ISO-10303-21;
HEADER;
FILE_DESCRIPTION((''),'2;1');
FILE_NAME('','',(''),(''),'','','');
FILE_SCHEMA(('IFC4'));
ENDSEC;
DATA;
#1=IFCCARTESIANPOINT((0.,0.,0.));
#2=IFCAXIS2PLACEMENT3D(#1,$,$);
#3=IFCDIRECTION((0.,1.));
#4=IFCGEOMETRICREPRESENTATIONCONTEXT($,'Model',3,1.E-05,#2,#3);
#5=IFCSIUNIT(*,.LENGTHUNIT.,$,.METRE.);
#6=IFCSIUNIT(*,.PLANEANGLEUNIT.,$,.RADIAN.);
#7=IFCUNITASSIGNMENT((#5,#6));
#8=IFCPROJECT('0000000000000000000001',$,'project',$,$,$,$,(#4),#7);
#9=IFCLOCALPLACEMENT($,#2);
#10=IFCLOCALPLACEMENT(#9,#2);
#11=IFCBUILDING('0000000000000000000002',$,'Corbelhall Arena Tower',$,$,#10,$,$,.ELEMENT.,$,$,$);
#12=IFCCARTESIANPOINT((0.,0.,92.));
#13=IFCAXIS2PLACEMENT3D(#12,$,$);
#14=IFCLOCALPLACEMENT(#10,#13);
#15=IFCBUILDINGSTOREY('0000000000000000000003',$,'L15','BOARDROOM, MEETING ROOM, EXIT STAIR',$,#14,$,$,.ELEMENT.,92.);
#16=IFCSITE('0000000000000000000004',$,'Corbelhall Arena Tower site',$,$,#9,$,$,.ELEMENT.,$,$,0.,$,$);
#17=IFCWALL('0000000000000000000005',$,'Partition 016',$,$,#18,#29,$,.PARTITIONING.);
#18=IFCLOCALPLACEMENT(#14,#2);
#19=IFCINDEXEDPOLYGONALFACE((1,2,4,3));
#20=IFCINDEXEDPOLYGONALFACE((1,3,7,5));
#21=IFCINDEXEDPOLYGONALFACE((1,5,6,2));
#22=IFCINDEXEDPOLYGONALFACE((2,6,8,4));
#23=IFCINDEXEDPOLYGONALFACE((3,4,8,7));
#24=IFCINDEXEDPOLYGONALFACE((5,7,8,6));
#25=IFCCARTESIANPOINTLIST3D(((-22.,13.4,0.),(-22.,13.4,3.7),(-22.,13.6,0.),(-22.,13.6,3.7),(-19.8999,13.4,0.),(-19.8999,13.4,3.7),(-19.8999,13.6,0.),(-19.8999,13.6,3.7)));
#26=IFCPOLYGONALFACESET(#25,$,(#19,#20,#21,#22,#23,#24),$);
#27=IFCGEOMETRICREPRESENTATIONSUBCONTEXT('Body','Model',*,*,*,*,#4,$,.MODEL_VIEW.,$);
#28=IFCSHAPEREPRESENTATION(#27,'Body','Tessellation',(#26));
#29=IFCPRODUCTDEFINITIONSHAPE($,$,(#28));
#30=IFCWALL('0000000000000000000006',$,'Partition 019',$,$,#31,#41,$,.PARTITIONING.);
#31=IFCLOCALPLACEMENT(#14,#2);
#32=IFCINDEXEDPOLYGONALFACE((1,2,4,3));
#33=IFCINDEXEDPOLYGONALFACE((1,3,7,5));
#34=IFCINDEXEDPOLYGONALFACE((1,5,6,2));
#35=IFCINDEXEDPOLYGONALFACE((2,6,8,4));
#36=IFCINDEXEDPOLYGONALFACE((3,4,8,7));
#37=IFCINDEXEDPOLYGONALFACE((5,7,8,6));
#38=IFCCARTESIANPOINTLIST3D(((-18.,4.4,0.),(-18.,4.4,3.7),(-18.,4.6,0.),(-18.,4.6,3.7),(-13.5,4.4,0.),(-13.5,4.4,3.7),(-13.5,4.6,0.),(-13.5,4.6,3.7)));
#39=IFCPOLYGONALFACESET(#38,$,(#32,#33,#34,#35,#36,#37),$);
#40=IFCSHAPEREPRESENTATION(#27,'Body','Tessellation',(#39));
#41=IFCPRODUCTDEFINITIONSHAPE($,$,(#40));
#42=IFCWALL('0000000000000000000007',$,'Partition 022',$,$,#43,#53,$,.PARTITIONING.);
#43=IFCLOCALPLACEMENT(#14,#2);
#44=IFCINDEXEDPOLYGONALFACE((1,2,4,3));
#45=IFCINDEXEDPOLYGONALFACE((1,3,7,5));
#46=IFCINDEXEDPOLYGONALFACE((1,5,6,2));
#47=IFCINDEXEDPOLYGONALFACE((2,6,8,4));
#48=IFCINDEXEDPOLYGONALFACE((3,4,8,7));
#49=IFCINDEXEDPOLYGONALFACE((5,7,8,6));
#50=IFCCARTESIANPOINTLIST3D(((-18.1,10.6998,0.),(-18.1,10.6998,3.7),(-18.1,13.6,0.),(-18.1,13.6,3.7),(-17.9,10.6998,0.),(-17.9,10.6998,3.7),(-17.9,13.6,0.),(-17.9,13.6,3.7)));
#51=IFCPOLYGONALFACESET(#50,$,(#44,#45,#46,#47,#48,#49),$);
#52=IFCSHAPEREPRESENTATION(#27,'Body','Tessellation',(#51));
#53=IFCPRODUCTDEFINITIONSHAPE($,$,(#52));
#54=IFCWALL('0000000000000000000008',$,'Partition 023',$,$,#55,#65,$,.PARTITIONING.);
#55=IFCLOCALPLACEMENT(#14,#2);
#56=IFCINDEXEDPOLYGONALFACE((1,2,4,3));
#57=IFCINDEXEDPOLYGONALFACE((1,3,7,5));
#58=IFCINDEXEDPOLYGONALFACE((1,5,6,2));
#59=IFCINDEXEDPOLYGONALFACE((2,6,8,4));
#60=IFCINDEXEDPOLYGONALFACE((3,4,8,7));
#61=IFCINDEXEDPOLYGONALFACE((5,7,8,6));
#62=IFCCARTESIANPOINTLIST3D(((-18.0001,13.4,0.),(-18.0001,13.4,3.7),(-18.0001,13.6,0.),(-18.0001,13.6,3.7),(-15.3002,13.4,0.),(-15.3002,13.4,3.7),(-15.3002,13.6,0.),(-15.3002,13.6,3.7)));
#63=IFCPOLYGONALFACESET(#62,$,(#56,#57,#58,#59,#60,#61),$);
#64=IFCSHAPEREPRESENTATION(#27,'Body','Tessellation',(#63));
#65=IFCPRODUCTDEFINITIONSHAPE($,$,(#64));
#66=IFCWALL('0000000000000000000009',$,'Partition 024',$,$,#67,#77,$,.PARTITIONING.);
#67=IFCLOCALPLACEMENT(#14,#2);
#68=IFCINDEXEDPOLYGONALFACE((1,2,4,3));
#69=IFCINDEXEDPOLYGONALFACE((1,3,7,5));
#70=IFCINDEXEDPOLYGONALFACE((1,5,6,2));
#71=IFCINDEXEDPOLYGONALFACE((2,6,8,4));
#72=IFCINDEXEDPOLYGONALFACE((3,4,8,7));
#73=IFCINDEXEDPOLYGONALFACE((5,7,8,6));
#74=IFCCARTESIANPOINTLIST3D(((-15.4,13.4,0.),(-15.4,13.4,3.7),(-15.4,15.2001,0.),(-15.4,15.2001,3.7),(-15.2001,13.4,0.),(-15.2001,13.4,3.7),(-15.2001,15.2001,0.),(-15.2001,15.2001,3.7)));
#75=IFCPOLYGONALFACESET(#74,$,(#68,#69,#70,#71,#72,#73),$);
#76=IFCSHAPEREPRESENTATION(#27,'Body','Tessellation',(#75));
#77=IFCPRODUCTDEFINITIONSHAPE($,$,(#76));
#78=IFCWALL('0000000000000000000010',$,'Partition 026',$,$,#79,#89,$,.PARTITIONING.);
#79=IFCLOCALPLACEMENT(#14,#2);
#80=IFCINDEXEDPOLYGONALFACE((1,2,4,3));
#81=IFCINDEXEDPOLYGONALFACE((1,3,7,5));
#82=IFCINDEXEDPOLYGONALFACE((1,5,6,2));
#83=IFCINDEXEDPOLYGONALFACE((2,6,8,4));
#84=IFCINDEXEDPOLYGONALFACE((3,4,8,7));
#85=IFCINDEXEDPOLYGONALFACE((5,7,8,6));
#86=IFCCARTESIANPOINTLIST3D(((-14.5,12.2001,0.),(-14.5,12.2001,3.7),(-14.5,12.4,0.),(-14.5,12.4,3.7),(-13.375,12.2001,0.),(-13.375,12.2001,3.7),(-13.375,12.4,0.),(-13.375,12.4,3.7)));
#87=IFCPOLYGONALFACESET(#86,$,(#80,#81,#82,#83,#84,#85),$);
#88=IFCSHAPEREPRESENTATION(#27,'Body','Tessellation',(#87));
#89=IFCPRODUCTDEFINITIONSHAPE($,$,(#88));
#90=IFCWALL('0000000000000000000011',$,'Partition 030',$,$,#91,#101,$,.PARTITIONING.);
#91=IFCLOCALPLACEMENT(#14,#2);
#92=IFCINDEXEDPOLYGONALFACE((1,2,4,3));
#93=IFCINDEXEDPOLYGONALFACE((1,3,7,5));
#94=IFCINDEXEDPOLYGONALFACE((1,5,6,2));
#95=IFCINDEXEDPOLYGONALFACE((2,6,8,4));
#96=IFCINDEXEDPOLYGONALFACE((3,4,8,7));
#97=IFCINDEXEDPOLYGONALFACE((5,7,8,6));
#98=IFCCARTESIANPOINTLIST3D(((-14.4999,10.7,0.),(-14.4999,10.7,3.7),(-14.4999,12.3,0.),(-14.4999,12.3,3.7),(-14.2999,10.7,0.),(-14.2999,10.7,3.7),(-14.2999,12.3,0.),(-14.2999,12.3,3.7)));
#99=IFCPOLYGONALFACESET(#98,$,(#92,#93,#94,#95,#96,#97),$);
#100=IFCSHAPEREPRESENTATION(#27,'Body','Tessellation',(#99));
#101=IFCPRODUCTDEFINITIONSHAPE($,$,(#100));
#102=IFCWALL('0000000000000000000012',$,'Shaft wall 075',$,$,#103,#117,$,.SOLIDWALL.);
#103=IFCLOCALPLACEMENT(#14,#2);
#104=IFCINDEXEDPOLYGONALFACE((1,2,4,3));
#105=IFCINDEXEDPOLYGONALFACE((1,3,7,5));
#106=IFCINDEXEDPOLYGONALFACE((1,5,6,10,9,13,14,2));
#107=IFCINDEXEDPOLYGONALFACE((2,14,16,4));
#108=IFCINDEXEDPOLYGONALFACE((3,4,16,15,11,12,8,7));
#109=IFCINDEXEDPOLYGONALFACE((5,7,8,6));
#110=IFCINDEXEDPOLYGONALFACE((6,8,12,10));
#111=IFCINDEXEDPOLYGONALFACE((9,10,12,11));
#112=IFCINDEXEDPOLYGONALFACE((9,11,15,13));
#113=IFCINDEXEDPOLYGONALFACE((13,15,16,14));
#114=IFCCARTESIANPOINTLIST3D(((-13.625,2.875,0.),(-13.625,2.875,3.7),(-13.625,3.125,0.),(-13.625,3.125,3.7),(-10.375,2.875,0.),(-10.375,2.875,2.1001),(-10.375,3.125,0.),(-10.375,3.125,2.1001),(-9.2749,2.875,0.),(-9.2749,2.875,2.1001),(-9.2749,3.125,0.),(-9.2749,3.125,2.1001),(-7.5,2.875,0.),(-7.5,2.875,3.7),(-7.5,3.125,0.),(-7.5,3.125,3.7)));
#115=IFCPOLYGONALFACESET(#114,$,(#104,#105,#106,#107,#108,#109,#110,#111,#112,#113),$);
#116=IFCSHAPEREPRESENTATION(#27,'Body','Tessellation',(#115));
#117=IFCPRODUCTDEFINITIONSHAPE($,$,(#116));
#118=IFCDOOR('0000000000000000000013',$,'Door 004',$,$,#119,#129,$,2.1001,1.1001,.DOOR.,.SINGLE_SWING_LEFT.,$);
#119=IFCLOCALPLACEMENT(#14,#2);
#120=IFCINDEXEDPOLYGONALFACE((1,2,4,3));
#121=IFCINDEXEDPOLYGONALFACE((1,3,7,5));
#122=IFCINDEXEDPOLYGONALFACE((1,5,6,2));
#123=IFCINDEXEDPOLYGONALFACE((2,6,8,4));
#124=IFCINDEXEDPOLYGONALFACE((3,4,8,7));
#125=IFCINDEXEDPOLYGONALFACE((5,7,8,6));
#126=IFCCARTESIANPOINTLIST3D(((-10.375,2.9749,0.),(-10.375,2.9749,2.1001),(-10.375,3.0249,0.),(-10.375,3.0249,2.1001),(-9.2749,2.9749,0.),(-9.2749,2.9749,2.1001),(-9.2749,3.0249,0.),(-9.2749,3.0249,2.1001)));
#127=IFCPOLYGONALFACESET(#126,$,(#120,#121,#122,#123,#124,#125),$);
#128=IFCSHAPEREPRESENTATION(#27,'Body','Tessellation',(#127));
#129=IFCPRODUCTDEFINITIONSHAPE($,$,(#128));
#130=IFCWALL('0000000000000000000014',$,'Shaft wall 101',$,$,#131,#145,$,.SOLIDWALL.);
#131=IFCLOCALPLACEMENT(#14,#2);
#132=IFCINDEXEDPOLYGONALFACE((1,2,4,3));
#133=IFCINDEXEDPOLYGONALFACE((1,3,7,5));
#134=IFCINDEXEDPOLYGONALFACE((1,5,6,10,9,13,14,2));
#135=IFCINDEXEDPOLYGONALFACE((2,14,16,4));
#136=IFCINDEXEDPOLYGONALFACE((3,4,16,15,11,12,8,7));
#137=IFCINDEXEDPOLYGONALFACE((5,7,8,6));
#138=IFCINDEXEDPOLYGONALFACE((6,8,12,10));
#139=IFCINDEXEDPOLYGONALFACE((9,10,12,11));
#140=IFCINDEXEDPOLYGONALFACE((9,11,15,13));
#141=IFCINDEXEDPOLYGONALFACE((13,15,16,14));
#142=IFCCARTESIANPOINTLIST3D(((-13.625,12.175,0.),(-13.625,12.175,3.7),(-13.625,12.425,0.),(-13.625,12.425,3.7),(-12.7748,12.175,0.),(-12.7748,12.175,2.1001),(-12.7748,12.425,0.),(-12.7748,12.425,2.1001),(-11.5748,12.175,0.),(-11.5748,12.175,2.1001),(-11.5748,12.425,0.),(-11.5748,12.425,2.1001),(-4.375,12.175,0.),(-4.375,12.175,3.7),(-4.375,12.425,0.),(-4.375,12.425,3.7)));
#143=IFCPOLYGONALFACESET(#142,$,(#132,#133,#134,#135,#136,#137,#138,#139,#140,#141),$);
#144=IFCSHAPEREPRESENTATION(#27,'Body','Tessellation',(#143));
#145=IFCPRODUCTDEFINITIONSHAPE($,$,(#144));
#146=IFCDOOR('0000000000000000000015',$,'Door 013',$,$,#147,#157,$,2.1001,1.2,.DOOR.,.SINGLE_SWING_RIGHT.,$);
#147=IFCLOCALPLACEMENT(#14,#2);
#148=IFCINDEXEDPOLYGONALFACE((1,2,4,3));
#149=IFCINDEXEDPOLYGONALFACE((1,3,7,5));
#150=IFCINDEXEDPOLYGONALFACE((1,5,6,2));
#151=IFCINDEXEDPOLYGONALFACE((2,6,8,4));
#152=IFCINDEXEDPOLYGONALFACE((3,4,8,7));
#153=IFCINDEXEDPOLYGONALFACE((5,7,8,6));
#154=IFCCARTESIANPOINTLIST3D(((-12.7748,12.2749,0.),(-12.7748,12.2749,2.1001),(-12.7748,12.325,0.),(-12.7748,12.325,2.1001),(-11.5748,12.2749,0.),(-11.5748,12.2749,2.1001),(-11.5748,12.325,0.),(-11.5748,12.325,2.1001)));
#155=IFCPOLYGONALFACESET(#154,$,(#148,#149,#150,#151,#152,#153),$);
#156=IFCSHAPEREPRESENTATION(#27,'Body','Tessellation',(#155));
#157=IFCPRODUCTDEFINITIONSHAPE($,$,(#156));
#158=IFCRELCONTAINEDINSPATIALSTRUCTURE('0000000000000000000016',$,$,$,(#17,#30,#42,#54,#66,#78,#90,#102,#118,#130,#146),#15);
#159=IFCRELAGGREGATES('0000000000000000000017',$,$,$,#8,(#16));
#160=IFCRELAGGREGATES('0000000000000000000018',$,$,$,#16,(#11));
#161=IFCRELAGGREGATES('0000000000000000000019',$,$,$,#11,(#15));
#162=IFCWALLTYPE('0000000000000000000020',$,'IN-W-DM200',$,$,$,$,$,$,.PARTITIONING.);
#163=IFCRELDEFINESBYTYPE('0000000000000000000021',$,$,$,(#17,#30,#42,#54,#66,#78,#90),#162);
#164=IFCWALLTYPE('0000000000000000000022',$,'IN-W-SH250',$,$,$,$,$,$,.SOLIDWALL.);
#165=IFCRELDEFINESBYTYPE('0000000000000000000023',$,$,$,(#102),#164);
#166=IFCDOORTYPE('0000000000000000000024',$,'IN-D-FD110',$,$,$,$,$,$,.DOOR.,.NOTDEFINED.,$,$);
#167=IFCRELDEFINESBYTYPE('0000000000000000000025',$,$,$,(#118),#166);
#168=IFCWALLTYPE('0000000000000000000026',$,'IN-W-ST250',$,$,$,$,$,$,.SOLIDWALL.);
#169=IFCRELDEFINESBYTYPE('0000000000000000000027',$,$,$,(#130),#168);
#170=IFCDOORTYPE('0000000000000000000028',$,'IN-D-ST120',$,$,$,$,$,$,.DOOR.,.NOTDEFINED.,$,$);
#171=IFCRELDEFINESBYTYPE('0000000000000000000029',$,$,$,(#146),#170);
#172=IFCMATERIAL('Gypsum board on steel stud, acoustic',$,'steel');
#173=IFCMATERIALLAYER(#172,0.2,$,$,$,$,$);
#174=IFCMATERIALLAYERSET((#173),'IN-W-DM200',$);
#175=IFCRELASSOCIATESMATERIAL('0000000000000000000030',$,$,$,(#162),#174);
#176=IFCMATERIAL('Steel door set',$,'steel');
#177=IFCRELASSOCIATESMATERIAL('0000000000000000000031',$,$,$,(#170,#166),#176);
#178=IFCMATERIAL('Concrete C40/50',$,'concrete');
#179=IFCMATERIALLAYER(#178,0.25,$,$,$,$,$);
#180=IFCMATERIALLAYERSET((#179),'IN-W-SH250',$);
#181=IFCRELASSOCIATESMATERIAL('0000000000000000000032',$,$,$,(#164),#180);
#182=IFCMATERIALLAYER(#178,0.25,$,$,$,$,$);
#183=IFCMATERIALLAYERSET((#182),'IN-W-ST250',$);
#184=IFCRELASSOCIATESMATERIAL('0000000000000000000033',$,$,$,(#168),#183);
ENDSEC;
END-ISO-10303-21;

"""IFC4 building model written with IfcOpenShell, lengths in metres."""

from ifc_helpers import new_model, si_unit, direction, frame, frame_2d, origin, place, context, subcontext, project, spatial, rectangle, extrude, material, layer, layer_set, type_object, element, fill, save


model = new_model("IFC4")

# Units and contexts
model_context = context("Model", 3, precision=1e-05, world=origin(), true_north=direction((0.0, 1.0)))
body_context = subcontext(model_context, "Body", "Model", "MODEL_VIEW")
ifc_project = project(units=[si_unit("LENGTHUNIT", "METRE"), si_unit("PLANEANGLEUNIT", "RADIAN")], contexts=[model_context])

# Site, building, storey
site_placement = place(None, origin())
site = spatial("IfcSite", under=ifc_project, at=site_placement, Name="Corbelhall Arena Tower site", CompositionType="ELEMENT", RefElevation=0.0)
building_placement = place(site_placement, origin())
building = spatial("IfcBuilding", under=site, at=building_placement, Name="Corbelhall Arena Tower", CompositionType="ELEMENT")
storey_placement = place(building_placement, frame((0.0, 0.0, 92.0)))
storey = spatial("IfcBuildingStorey", under=building, at=storey_placement, Name="L15", Description="BOARDROOM, MEETING ROOM, EXIT STAIR", CompositionType="ELEMENT", Elevation=92.0)

# Shared definitions
ifc_material_1 = material(Name="Gypsum board on steel stud, acoustic", Category="steel")
ifc_layer_1 = layer(ifc_material_1, 0.2)
ifc_layer_set_1 = layer_set([ifc_layer_1], Name="IN-W-DM200")
wall_type_1 = type_object("IfcWallType", Name="IN-W-DM200", PredefinedType="PARTITIONING", material=ifc_layer_set_1)
ifc_material_2 = material(Name="Steel door set", Category="steel")

# Walls
wall_1_placement = place(storey_placement, frame((-19.8999, 13.5, 0.0), z_axis=(0.0, 0.0, 1.0), x_axis=(-1.0, 0.0, 0.0)))
element("IfcWall", 1, at=wall_1_placement, inside=storey, type_object=wall_type_1, Name="Partition 016", PredefinedType="PARTITIONING", context=body_context, shape_type="SweptSolid", body=[
    extrude(rectangle(XDim=2.1001, YDim=0.2, at=frame_2d((1.05, 0.0))), origin(), (0.0, 0.0, 1.0), 3.7),
])
wall_2_placement = place(storey_placement, frame((-18.0, 4.5, 0.0), z_axis=(0.0, 0.0, 1.0), x_axis=(1.0, 0.0, 0.0)))
element("IfcWall", 2, at=wall_2_placement, inside=storey, type_object=wall_type_1, Name="Partition 019", PredefinedType="PARTITIONING", context=body_context, shape_type="SweptSolid", body=[
    extrude(rectangle(XDim=4.5, YDim=0.2, at=frame_2d((2.25, 0.0))), origin(), (0.0, 0.0, 1.0), 3.7),
])

# Walls
wall_3_placement = place(storey_placement, frame((-18.0, 13.6001, 0.0), z_axis=(0.0, 0.0, 1.0), x_axis=(0.0, -1.0, 0.0)))
element("IfcWall", 3, at=wall_3_placement, inside=storey, type_object=wall_type_1, Name="Partition 022", PredefinedType="PARTITIONING", context=body_context, shape_type="SweptSolid", body=[
    extrude(rectangle(XDim=2.9001, YDim=0.2, at=frame_2d((1.4502, 0.0))), origin(), (0.0, 0.0, 1.0), 3.7),
])
wall_4_placement = place(storey_placement, frame((-15.3, 13.5, 0.0), z_axis=(0.0, 0.0, 1.0), x_axis=(-1.0, 0.0, 0.0)))
element("IfcWall", 4, at=wall_4_placement, inside=storey, type_object=wall_type_1, Name="Partition 023", PredefinedType="PARTITIONING", context=body_context, shape_type="SweptSolid", body=[
    extrude(rectangle(XDim=2.7, YDim=0.2, at=frame_2d((1.3501, 0.0))), origin(), (0.0, 0.0, 1.0), 3.7),
])
wall_5_placement = place(storey_placement, frame((-15.3, 15.2, 0.0), z_axis=(0.0, 0.0, 1.0), x_axis=(0.0, -1.0, 0.0)))
element("IfcWall", 5, at=wall_5_placement, inside=storey, type_object=wall_type_1, Name="Partition 024", PredefinedType="PARTITIONING", context=body_context, shape_type="SweptSolid", body=[
    extrude(rectangle(XDim=1.8, YDim=0.2, at=frame_2d((0.8999, 0.0))), origin(), (0.0, 0.0, 1.0), 3.7),
])
wall_6_placement = place(storey_placement, frame((-14.5, 12.3, 0.0), z_axis=(0.0, 0.0, 1.0), x_axis=(1.0, 0.0, 0.0)))
element("IfcWall", 6, at=wall_6_placement, inside=storey, type_object=wall_type_1, Name="Partition 026", PredefinedType="PARTITIONING", context=body_context, shape_type="SweptSolid", body=[
    extrude(rectangle(XDim=1.125, YDim=0.2, at=frame_2d((0.5625, 0.0))), origin(), (0.0, 0.0, 1.0), 3.7),
])
wall_7_placement = place(storey_placement, frame((-14.3999, 10.7, 0.0), z_axis=(0.0, 0.0, 1.0), x_axis=(0.0, 1.0, 0.0)))
element("IfcWall", 7, at=wall_7_placement, inside=storey, type_object=wall_type_1, Name="Partition 030", PredefinedType="PARTITIONING", context=body_context, shape_type="SweptSolid", body=[
    extrude(rectangle(XDim=1.6001, YDim=0.2, at=frame_2d((0.8, 0.0))), origin(), (0.0, 0.0, 1.0), 3.7),
])

# Walls, openings, doors
ifc_material_3 = material(Name="Concrete C40/50", Category="concrete")
door_type_1 = type_object("IfcDoorType", Name="IN-D-ST120", OperationType="NOTDEFINED", PredefinedType="DOOR", material=ifc_material_2)
ifc_layer_2 = layer(ifc_material_3, 0.25)
ifc_layer_set_2 = layer_set([ifc_layer_2], Name="IN-W-SH250")
wall_type_2 = type_object("IfcWallType", Name="IN-W-SH250", PredefinedType="SOLIDWALL", material=ifc_layer_set_2)
wall_8_placement = place(storey_placement, frame((-13.625, 3.0, 0.0), z_axis=(0.0, 0.0, 1.0), x_axis=(1.0, 0.0, 0.0)))
wall_8 = element("IfcWall", 8, at=wall_8_placement, inside=storey, type_object=wall_type_2, Name="Shaft wall 075", PredefinedType="SOLIDWALL", context=body_context, shape_type="SweptSolid", body=[
    extrude(rectangle(XDim=6.125, YDim=0.25, at=frame_2d((3.0625, 0.0))), origin(), (0.0, 0.0, 1.0), 3.7),
])
opening_1_placement = place(wall_8_placement, frame((3.25, 0.0, 0.0)))
opening_1 = element("IfcOpeningElement", 9, at=opening_1_placement, cuts=wall_8, PredefinedType="OPENING", context=body_context, shape_type="SweptSolid", body=[
    extrude(rectangle(XDim=1.1001, YDim=2.1001, at=frame_2d((0.55, 1.05))), frame((0.0, 0.125, 0.0), z_axis=(0.0, -1.0, 0.0), x_axis=(1.0, 0.0, 0.0)), (0.0, 0.0, 1.0), 0.25),
])
door_type_2 = type_object("IfcDoorType", Name="IN-D-FD110", OperationType="NOTDEFINED", PredefinedType="DOOR", material=ifc_material_2)
door_1_placement = place(opening_1_placement, origin())
door_1 = element("IfcDoor", 10, at=door_1_placement, inside=storey, type_object=door_type_2, Name="Door 004", OperationType="SINGLE_SWING_LEFT", OverallHeight=2.1001, OverallWidth=1.1001, PredefinedType="DOOR", context=body_context, shape_type="SweptSolid", body=[
    extrude(rectangle(XDim=1.1001, YDim=2.1001, at=frame_2d((0.55, 1.05))), frame((0.0, 0.0249, 0.0), z_axis=(0.0, -1.0, 0.0), x_axis=(1.0, 0.0, 0.0)), (0.0, 0.0, 1.0), 0.05),
])
fill(opening_1, door_1)
ifc_layer_3 = layer(ifc_material_3, 0.25)
ifc_layer_set_3 = layer_set([ifc_layer_3], Name="IN-W-ST250")
wall_type_3 = type_object("IfcWallType", Name="IN-W-ST250", PredefinedType="SOLIDWALL", material=ifc_layer_set_3)
wall_9_placement = place(storey_placement, frame((-13.625, 12.3, 0.0), z_axis=(0.0, 0.0, 1.0), x_axis=(1.0, 0.0, 0.0)))
wall_9 = element("IfcWall", 11, at=wall_9_placement, inside=storey, type_object=wall_type_3, Name="Shaft wall 101", PredefinedType="SOLIDWALL", context=body_context, shape_type="SweptSolid", body=[
    extrude(rectangle(XDim=9.25, YDim=0.25, at=frame_2d((4.625, 0.0))), origin(), (0.0, 0.0, 1.0), 3.7),
])
opening_2_placement = place(wall_9_placement, frame((0.8501, 0.0, 0.0)))
opening_2 = element("IfcOpeningElement", 12, at=opening_2_placement, cuts=wall_9, PredefinedType="OPENING", context=body_context, shape_type="SweptSolid", body=[
    extrude(rectangle(XDim=1.2, YDim=2.1001, at=frame_2d((0.6001, 1.05))), frame((0.0, 0.125, 0.0), z_axis=(0.0, -1.0, 0.0), x_axis=(1.0, 0.0, 0.0)), (0.0, 0.0, 1.0), 0.25),
])
door_2_placement = place(opening_2_placement, origin())
door_2 = element("IfcDoor", 13, at=door_2_placement, inside=storey, type_object=door_type_1, Name="Door 013", OperationType="SINGLE_SWING_RIGHT", OverallHeight=2.1001, OverallWidth=1.2, PredefinedType="DOOR", context=body_context, shape_type="SweptSolid", body=[
    extrude(rectangle(XDim=1.2, YDim=2.1001, at=frame_2d((0.6001, 1.05))), frame((0.0, 0.0249, 0.0), z_axis=(0.0, -1.0, 0.0), x_axis=(1.0, 0.0, 0.0)), (0.0, 0.0, 1.0), 0.05),
])
fill(opening_2, door_2)

save(model, "model.ifc")
